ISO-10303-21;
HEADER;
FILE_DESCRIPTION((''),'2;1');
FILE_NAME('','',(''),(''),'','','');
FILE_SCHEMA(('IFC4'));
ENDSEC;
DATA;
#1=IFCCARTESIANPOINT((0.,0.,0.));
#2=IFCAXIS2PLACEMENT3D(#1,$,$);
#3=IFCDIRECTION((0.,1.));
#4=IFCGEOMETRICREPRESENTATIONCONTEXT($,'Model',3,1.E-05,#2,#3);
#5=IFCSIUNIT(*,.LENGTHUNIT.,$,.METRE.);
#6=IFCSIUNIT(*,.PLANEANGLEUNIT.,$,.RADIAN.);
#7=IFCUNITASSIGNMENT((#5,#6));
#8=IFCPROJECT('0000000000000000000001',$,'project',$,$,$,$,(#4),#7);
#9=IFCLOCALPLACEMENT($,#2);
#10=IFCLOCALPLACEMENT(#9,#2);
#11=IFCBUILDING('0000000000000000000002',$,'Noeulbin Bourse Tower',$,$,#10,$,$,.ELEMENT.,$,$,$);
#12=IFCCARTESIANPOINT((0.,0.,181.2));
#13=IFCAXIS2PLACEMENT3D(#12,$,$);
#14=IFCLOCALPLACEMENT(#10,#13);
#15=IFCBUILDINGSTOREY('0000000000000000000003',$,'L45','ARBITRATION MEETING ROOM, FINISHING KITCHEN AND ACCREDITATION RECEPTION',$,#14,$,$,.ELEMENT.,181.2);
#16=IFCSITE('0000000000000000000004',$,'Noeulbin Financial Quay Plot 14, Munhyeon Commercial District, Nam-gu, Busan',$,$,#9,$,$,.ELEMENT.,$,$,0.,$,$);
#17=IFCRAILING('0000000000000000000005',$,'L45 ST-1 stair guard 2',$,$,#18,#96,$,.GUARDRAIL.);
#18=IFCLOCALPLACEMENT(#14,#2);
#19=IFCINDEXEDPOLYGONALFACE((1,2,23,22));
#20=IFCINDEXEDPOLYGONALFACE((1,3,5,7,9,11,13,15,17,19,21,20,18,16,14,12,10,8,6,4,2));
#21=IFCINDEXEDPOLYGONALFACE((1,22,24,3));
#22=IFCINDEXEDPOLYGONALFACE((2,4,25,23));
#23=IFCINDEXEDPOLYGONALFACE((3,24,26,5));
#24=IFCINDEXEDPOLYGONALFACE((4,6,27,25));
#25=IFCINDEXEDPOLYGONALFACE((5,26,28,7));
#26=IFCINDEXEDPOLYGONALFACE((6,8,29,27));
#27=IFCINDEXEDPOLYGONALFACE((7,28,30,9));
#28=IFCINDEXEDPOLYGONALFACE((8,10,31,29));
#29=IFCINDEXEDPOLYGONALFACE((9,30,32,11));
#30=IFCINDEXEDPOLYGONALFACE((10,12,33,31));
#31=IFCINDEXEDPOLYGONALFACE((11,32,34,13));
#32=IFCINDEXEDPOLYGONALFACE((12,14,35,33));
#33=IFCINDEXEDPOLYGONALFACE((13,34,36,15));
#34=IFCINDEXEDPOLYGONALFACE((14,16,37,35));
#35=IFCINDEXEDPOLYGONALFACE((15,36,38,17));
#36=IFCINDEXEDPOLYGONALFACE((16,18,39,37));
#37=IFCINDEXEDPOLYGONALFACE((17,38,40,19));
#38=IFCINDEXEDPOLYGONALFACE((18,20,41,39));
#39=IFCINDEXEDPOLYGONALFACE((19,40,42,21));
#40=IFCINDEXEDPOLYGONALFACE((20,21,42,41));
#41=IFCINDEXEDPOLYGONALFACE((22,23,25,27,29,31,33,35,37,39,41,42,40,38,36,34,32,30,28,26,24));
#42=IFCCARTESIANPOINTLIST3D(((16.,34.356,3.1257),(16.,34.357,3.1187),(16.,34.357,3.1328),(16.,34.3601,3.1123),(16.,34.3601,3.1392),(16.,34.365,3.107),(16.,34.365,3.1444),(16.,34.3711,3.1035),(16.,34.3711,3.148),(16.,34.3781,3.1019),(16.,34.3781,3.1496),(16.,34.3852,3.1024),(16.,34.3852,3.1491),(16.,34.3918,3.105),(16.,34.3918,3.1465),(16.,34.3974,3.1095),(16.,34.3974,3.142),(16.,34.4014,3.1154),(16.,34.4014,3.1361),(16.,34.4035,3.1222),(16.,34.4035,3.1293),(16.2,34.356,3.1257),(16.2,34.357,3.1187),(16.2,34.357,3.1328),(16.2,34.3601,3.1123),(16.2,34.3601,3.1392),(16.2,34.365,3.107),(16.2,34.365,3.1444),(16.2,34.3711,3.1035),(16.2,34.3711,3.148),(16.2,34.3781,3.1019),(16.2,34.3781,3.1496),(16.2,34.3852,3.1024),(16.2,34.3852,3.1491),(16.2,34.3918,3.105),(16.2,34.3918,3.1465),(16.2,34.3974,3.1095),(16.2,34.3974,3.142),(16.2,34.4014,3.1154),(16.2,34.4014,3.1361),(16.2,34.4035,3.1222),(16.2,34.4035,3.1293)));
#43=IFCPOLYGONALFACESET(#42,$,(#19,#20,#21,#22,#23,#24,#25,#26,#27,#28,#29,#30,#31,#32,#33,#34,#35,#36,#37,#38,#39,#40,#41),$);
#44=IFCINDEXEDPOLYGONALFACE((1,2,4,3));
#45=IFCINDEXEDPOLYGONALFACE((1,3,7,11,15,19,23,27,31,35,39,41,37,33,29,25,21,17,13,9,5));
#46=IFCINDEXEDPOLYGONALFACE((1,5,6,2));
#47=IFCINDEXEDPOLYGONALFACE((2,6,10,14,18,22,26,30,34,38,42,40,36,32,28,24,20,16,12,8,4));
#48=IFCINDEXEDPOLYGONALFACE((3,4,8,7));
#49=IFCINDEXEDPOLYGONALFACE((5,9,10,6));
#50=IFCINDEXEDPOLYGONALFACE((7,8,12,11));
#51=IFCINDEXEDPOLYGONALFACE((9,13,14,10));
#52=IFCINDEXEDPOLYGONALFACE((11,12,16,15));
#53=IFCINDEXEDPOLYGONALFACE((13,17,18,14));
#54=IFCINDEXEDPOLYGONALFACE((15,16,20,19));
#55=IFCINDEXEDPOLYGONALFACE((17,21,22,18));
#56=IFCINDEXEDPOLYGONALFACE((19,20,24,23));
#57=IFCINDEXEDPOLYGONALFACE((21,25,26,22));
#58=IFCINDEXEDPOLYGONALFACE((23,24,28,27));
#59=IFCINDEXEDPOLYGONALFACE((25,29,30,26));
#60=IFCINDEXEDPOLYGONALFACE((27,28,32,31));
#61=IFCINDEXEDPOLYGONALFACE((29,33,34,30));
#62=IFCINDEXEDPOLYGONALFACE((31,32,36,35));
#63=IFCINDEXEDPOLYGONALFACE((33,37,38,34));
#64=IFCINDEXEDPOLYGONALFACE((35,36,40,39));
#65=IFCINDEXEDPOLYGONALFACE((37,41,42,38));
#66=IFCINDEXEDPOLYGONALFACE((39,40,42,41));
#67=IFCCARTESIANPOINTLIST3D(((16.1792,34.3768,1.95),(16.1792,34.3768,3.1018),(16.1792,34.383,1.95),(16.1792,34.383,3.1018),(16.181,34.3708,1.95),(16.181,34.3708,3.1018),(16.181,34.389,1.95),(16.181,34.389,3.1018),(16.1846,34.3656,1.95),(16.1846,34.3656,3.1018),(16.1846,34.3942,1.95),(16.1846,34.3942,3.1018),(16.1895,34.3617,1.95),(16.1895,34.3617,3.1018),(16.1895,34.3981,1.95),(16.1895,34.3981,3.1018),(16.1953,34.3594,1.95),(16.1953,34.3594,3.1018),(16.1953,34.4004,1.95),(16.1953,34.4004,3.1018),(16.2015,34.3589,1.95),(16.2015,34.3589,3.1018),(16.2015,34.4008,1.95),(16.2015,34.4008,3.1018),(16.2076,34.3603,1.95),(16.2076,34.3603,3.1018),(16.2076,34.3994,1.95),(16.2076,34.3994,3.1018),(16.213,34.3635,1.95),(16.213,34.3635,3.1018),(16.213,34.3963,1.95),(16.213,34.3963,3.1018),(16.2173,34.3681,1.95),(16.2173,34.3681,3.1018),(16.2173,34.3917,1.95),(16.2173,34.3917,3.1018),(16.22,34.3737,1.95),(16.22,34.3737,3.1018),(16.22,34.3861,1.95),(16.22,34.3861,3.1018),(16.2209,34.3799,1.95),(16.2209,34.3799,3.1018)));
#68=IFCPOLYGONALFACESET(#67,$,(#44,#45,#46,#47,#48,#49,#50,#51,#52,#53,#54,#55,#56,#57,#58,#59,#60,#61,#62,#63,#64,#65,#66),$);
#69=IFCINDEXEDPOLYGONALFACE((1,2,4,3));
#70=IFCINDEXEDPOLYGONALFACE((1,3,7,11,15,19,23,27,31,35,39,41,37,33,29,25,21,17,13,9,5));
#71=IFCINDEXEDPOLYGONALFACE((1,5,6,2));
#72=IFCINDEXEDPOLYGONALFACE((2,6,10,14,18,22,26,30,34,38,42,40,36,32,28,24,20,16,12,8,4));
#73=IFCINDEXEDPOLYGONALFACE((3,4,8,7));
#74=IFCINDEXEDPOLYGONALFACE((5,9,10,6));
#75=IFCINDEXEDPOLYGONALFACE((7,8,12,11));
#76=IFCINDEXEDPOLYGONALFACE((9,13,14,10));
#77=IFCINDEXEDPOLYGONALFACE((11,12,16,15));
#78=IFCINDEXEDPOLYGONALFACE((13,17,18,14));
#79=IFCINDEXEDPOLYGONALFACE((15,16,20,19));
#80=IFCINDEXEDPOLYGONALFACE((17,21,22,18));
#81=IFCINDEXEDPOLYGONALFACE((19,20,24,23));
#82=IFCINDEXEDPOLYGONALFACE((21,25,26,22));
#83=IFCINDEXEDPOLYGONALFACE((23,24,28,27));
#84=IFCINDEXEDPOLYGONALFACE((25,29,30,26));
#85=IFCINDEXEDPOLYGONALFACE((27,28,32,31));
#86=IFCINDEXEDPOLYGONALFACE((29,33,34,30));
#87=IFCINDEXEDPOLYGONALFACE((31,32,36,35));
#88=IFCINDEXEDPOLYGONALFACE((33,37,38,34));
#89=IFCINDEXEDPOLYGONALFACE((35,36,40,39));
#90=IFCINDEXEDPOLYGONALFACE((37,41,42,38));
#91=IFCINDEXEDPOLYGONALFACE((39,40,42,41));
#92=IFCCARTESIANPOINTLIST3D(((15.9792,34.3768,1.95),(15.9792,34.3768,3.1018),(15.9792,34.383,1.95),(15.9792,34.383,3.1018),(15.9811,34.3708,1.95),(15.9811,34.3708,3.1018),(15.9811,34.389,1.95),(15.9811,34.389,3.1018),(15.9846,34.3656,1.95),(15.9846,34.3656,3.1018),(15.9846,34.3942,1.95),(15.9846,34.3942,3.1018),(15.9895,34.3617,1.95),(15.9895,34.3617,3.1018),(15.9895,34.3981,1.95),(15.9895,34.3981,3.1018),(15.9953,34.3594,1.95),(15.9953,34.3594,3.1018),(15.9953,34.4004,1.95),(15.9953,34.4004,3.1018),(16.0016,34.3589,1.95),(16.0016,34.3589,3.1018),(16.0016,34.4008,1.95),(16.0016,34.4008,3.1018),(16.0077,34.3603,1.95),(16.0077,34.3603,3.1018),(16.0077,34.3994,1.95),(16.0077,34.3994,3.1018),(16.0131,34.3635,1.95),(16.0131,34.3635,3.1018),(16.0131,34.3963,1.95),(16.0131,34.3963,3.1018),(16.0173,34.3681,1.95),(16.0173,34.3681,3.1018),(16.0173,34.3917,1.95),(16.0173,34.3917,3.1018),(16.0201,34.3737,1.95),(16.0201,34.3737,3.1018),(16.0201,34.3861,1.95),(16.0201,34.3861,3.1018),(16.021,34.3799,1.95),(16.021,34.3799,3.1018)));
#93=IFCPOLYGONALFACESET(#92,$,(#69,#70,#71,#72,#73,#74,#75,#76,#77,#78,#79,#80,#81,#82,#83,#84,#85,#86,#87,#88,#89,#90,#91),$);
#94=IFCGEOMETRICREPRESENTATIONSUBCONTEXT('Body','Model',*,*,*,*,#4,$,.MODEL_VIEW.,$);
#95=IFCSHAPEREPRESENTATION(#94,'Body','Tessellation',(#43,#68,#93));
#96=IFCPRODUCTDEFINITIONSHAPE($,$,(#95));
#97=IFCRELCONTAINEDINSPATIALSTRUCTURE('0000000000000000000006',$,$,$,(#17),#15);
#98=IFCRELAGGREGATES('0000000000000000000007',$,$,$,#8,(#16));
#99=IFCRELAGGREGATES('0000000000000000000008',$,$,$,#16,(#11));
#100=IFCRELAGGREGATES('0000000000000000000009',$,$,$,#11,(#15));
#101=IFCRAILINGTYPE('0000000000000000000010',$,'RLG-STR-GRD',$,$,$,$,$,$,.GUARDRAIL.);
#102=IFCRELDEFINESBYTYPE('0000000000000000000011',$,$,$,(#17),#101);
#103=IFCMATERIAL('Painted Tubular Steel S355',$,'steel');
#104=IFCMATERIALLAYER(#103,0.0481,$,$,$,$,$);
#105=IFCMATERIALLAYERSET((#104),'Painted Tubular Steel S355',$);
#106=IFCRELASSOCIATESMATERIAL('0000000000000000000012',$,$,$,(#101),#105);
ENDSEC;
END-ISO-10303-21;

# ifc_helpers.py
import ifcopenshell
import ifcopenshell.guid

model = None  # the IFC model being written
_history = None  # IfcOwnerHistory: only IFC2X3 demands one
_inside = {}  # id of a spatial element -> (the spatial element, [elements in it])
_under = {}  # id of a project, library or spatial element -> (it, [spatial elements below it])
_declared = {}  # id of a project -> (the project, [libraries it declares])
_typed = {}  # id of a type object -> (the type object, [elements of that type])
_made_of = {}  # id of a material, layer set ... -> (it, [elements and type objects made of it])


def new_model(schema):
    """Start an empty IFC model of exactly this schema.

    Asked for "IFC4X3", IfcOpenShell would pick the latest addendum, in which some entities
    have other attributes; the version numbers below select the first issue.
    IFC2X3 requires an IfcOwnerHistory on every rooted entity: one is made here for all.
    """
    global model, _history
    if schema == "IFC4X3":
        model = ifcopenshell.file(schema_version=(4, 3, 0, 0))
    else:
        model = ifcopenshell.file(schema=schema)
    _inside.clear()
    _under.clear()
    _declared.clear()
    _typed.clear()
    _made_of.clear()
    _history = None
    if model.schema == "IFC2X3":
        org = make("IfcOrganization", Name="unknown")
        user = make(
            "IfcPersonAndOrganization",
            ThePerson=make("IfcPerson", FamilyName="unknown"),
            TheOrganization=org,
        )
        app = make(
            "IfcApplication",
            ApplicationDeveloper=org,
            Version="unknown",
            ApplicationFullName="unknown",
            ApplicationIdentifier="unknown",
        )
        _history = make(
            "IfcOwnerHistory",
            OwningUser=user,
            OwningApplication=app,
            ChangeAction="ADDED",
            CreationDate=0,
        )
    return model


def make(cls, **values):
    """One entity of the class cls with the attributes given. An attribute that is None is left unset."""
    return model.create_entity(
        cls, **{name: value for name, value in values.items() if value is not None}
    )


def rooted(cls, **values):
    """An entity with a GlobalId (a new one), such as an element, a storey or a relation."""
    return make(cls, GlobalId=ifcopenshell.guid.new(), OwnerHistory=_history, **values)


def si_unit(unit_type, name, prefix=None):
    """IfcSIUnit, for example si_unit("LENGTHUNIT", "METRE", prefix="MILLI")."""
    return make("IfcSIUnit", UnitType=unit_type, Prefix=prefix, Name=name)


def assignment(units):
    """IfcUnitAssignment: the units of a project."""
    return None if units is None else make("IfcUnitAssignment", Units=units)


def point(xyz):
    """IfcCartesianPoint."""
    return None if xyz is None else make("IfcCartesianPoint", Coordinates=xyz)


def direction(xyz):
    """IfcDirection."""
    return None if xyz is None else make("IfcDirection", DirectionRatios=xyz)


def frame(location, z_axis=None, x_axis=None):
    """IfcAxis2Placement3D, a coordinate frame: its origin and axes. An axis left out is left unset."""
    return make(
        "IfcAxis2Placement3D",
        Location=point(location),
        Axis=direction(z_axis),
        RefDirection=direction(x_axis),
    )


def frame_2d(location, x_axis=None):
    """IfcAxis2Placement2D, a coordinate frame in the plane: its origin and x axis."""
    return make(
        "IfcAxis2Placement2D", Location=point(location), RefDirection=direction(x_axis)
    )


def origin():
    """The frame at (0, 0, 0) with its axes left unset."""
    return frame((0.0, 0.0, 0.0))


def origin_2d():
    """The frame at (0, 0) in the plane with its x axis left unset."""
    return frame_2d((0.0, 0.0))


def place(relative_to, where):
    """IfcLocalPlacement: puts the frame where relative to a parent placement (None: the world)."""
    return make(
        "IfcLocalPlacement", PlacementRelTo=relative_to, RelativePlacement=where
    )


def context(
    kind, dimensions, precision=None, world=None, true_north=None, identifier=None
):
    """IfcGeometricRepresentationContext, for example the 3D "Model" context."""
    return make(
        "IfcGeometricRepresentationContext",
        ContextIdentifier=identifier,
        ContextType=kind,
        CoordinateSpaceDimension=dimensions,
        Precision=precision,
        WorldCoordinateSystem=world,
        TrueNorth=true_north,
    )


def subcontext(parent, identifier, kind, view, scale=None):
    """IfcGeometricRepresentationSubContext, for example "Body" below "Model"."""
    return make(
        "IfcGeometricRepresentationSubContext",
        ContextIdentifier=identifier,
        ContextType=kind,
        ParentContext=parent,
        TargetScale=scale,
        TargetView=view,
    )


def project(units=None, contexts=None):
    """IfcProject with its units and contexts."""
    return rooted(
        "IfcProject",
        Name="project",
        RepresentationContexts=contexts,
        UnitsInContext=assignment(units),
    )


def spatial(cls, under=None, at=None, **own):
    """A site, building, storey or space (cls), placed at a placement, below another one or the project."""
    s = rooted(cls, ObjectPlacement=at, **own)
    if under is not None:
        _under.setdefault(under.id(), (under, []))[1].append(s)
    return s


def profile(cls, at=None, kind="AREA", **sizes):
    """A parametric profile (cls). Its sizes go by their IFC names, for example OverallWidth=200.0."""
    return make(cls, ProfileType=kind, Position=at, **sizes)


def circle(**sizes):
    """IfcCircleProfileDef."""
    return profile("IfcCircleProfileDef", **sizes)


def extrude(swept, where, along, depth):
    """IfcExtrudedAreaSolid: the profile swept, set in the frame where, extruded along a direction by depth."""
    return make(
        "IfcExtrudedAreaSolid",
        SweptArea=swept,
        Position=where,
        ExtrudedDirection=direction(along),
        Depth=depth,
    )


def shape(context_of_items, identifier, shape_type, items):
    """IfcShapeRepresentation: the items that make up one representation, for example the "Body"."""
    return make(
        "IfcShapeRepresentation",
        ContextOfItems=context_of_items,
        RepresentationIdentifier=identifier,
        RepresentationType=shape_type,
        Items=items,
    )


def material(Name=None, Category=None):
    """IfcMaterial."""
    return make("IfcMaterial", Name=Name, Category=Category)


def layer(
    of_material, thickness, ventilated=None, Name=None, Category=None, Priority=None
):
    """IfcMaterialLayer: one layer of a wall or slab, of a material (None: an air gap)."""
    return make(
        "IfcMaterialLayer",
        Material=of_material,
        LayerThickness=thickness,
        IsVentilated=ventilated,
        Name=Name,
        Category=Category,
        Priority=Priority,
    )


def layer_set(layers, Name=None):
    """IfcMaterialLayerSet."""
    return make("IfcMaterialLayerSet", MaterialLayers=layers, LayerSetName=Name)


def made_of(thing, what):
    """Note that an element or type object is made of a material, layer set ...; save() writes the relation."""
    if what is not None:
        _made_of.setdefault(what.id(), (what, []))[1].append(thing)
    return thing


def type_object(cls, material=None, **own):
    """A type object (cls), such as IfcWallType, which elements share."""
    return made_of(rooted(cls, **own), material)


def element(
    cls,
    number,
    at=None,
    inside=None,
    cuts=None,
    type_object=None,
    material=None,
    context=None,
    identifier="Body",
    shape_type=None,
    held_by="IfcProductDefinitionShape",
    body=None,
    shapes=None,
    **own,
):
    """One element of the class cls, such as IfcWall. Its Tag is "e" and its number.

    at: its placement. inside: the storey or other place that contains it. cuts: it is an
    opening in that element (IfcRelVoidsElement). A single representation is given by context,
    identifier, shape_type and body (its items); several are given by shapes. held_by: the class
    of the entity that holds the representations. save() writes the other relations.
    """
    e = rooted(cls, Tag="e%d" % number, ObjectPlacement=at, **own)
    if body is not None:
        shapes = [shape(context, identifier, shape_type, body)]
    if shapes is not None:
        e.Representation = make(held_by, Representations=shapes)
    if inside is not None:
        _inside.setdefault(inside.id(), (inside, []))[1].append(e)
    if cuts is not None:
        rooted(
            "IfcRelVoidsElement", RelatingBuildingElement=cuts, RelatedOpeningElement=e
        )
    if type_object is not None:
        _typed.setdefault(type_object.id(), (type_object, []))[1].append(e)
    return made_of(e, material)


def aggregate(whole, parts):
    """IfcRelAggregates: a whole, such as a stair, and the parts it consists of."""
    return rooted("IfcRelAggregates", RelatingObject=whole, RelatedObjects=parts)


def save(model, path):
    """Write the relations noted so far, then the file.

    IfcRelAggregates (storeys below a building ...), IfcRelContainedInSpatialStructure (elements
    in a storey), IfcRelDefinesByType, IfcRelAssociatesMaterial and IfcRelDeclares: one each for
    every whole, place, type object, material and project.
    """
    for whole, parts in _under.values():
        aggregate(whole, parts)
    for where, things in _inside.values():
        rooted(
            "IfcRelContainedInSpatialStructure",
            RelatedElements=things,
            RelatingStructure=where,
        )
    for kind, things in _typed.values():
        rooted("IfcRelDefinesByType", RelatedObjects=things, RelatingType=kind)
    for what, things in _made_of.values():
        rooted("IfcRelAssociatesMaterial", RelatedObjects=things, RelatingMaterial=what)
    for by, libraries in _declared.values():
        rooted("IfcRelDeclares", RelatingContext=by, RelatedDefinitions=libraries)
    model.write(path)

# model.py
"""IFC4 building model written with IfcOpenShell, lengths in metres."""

from ifc_helpers import new_model, si_unit, direction, frame, origin, origin_2d, place, context, subcontext, project, spatial, circle, extrude, material, layer, layer_set, type_object, element, save


model = new_model("IFC4")

# Units and contexts
model_context = context("Model", 3, precision=1e-05, world=origin(), true_north=direction((0.0, 1.0)))
body_context = subcontext(model_context, "Body", "Model", "MODEL_VIEW")
ifc_project = project(units=[si_unit("LENGTHUNIT", "METRE"), si_unit("PLANEANGLEUNIT", "RADIAN")], contexts=[model_context])

# Site, building, storey
site_placement = place(None, origin())
site = spatial("IfcSite", under=ifc_project, at=site_placement, Name="Noeulbin Financial Quay Plot 14, Munhyeon Commercial District, Nam-gu, Busan", CompositionType="ELEMENT", RefElevation=0.0)
building_placement = place(site_placement, origin())
building = spatial("IfcBuilding", under=site, at=building_placement, Name="Noeulbin Bourse Tower", CompositionType="ELEMENT")
storey_placement = place(building_placement, frame((0.0, 0.0, 181.2)))
storey = spatial("IfcBuildingStorey", under=building, at=storey_placement, Name="L45", Description="ARBITRATION MEETING ROOM, FINISHING KITCHEN AND ACCREDITATION RECEPTION", CompositionType="ELEMENT", Elevation=181.2)

# Railing
ifc_material_1 = material(Name="Painted Tubular Steel S355", Category="steel")
ifc_layer_1 = layer(ifc_material_1, 0.0481)
ifc_layer_set_1 = layer_set([ifc_layer_1], Name="Painted Tubular Steel S355")
railing_type_1 = type_object("IfcRailingType", Name="RLG-STR-GRD", PredefinedType="GUARDRAIL", material=ifc_layer_set_1)
railing_1_placement = place(storey_placement, frame((16.2, 34.3799, 1.95)))
element("IfcRailing", 1, at=railing_1_placement, inside=storey, type_object=railing_type_1, Name="L45 ST-1 stair guard 2", PredefinedType="GUARDRAIL", context=body_context, shape_type="SweptSolid", body=[
    extrude(circle(Radius=0.0239, at=origin_2d()), frame((0.0, 0.0, 1.1758), z_axis=(-1.0, 0.0, 0.0), x_axis=(0.0, -1.0, 0.0)), (0.0, 0.0, 1.0), 0.2),
    extrude(circle(Radius=0.021, at=origin_2d()), origin(), (0.0, 0.0, 1.0), 1.1519),
    extrude(circle(Radius=0.021, at=origin_2d()), frame((-0.2, 0.0, 0.0)), (0.0, 0.0, 1.0), 1.1519),
])

save(model, "model.ifc")
